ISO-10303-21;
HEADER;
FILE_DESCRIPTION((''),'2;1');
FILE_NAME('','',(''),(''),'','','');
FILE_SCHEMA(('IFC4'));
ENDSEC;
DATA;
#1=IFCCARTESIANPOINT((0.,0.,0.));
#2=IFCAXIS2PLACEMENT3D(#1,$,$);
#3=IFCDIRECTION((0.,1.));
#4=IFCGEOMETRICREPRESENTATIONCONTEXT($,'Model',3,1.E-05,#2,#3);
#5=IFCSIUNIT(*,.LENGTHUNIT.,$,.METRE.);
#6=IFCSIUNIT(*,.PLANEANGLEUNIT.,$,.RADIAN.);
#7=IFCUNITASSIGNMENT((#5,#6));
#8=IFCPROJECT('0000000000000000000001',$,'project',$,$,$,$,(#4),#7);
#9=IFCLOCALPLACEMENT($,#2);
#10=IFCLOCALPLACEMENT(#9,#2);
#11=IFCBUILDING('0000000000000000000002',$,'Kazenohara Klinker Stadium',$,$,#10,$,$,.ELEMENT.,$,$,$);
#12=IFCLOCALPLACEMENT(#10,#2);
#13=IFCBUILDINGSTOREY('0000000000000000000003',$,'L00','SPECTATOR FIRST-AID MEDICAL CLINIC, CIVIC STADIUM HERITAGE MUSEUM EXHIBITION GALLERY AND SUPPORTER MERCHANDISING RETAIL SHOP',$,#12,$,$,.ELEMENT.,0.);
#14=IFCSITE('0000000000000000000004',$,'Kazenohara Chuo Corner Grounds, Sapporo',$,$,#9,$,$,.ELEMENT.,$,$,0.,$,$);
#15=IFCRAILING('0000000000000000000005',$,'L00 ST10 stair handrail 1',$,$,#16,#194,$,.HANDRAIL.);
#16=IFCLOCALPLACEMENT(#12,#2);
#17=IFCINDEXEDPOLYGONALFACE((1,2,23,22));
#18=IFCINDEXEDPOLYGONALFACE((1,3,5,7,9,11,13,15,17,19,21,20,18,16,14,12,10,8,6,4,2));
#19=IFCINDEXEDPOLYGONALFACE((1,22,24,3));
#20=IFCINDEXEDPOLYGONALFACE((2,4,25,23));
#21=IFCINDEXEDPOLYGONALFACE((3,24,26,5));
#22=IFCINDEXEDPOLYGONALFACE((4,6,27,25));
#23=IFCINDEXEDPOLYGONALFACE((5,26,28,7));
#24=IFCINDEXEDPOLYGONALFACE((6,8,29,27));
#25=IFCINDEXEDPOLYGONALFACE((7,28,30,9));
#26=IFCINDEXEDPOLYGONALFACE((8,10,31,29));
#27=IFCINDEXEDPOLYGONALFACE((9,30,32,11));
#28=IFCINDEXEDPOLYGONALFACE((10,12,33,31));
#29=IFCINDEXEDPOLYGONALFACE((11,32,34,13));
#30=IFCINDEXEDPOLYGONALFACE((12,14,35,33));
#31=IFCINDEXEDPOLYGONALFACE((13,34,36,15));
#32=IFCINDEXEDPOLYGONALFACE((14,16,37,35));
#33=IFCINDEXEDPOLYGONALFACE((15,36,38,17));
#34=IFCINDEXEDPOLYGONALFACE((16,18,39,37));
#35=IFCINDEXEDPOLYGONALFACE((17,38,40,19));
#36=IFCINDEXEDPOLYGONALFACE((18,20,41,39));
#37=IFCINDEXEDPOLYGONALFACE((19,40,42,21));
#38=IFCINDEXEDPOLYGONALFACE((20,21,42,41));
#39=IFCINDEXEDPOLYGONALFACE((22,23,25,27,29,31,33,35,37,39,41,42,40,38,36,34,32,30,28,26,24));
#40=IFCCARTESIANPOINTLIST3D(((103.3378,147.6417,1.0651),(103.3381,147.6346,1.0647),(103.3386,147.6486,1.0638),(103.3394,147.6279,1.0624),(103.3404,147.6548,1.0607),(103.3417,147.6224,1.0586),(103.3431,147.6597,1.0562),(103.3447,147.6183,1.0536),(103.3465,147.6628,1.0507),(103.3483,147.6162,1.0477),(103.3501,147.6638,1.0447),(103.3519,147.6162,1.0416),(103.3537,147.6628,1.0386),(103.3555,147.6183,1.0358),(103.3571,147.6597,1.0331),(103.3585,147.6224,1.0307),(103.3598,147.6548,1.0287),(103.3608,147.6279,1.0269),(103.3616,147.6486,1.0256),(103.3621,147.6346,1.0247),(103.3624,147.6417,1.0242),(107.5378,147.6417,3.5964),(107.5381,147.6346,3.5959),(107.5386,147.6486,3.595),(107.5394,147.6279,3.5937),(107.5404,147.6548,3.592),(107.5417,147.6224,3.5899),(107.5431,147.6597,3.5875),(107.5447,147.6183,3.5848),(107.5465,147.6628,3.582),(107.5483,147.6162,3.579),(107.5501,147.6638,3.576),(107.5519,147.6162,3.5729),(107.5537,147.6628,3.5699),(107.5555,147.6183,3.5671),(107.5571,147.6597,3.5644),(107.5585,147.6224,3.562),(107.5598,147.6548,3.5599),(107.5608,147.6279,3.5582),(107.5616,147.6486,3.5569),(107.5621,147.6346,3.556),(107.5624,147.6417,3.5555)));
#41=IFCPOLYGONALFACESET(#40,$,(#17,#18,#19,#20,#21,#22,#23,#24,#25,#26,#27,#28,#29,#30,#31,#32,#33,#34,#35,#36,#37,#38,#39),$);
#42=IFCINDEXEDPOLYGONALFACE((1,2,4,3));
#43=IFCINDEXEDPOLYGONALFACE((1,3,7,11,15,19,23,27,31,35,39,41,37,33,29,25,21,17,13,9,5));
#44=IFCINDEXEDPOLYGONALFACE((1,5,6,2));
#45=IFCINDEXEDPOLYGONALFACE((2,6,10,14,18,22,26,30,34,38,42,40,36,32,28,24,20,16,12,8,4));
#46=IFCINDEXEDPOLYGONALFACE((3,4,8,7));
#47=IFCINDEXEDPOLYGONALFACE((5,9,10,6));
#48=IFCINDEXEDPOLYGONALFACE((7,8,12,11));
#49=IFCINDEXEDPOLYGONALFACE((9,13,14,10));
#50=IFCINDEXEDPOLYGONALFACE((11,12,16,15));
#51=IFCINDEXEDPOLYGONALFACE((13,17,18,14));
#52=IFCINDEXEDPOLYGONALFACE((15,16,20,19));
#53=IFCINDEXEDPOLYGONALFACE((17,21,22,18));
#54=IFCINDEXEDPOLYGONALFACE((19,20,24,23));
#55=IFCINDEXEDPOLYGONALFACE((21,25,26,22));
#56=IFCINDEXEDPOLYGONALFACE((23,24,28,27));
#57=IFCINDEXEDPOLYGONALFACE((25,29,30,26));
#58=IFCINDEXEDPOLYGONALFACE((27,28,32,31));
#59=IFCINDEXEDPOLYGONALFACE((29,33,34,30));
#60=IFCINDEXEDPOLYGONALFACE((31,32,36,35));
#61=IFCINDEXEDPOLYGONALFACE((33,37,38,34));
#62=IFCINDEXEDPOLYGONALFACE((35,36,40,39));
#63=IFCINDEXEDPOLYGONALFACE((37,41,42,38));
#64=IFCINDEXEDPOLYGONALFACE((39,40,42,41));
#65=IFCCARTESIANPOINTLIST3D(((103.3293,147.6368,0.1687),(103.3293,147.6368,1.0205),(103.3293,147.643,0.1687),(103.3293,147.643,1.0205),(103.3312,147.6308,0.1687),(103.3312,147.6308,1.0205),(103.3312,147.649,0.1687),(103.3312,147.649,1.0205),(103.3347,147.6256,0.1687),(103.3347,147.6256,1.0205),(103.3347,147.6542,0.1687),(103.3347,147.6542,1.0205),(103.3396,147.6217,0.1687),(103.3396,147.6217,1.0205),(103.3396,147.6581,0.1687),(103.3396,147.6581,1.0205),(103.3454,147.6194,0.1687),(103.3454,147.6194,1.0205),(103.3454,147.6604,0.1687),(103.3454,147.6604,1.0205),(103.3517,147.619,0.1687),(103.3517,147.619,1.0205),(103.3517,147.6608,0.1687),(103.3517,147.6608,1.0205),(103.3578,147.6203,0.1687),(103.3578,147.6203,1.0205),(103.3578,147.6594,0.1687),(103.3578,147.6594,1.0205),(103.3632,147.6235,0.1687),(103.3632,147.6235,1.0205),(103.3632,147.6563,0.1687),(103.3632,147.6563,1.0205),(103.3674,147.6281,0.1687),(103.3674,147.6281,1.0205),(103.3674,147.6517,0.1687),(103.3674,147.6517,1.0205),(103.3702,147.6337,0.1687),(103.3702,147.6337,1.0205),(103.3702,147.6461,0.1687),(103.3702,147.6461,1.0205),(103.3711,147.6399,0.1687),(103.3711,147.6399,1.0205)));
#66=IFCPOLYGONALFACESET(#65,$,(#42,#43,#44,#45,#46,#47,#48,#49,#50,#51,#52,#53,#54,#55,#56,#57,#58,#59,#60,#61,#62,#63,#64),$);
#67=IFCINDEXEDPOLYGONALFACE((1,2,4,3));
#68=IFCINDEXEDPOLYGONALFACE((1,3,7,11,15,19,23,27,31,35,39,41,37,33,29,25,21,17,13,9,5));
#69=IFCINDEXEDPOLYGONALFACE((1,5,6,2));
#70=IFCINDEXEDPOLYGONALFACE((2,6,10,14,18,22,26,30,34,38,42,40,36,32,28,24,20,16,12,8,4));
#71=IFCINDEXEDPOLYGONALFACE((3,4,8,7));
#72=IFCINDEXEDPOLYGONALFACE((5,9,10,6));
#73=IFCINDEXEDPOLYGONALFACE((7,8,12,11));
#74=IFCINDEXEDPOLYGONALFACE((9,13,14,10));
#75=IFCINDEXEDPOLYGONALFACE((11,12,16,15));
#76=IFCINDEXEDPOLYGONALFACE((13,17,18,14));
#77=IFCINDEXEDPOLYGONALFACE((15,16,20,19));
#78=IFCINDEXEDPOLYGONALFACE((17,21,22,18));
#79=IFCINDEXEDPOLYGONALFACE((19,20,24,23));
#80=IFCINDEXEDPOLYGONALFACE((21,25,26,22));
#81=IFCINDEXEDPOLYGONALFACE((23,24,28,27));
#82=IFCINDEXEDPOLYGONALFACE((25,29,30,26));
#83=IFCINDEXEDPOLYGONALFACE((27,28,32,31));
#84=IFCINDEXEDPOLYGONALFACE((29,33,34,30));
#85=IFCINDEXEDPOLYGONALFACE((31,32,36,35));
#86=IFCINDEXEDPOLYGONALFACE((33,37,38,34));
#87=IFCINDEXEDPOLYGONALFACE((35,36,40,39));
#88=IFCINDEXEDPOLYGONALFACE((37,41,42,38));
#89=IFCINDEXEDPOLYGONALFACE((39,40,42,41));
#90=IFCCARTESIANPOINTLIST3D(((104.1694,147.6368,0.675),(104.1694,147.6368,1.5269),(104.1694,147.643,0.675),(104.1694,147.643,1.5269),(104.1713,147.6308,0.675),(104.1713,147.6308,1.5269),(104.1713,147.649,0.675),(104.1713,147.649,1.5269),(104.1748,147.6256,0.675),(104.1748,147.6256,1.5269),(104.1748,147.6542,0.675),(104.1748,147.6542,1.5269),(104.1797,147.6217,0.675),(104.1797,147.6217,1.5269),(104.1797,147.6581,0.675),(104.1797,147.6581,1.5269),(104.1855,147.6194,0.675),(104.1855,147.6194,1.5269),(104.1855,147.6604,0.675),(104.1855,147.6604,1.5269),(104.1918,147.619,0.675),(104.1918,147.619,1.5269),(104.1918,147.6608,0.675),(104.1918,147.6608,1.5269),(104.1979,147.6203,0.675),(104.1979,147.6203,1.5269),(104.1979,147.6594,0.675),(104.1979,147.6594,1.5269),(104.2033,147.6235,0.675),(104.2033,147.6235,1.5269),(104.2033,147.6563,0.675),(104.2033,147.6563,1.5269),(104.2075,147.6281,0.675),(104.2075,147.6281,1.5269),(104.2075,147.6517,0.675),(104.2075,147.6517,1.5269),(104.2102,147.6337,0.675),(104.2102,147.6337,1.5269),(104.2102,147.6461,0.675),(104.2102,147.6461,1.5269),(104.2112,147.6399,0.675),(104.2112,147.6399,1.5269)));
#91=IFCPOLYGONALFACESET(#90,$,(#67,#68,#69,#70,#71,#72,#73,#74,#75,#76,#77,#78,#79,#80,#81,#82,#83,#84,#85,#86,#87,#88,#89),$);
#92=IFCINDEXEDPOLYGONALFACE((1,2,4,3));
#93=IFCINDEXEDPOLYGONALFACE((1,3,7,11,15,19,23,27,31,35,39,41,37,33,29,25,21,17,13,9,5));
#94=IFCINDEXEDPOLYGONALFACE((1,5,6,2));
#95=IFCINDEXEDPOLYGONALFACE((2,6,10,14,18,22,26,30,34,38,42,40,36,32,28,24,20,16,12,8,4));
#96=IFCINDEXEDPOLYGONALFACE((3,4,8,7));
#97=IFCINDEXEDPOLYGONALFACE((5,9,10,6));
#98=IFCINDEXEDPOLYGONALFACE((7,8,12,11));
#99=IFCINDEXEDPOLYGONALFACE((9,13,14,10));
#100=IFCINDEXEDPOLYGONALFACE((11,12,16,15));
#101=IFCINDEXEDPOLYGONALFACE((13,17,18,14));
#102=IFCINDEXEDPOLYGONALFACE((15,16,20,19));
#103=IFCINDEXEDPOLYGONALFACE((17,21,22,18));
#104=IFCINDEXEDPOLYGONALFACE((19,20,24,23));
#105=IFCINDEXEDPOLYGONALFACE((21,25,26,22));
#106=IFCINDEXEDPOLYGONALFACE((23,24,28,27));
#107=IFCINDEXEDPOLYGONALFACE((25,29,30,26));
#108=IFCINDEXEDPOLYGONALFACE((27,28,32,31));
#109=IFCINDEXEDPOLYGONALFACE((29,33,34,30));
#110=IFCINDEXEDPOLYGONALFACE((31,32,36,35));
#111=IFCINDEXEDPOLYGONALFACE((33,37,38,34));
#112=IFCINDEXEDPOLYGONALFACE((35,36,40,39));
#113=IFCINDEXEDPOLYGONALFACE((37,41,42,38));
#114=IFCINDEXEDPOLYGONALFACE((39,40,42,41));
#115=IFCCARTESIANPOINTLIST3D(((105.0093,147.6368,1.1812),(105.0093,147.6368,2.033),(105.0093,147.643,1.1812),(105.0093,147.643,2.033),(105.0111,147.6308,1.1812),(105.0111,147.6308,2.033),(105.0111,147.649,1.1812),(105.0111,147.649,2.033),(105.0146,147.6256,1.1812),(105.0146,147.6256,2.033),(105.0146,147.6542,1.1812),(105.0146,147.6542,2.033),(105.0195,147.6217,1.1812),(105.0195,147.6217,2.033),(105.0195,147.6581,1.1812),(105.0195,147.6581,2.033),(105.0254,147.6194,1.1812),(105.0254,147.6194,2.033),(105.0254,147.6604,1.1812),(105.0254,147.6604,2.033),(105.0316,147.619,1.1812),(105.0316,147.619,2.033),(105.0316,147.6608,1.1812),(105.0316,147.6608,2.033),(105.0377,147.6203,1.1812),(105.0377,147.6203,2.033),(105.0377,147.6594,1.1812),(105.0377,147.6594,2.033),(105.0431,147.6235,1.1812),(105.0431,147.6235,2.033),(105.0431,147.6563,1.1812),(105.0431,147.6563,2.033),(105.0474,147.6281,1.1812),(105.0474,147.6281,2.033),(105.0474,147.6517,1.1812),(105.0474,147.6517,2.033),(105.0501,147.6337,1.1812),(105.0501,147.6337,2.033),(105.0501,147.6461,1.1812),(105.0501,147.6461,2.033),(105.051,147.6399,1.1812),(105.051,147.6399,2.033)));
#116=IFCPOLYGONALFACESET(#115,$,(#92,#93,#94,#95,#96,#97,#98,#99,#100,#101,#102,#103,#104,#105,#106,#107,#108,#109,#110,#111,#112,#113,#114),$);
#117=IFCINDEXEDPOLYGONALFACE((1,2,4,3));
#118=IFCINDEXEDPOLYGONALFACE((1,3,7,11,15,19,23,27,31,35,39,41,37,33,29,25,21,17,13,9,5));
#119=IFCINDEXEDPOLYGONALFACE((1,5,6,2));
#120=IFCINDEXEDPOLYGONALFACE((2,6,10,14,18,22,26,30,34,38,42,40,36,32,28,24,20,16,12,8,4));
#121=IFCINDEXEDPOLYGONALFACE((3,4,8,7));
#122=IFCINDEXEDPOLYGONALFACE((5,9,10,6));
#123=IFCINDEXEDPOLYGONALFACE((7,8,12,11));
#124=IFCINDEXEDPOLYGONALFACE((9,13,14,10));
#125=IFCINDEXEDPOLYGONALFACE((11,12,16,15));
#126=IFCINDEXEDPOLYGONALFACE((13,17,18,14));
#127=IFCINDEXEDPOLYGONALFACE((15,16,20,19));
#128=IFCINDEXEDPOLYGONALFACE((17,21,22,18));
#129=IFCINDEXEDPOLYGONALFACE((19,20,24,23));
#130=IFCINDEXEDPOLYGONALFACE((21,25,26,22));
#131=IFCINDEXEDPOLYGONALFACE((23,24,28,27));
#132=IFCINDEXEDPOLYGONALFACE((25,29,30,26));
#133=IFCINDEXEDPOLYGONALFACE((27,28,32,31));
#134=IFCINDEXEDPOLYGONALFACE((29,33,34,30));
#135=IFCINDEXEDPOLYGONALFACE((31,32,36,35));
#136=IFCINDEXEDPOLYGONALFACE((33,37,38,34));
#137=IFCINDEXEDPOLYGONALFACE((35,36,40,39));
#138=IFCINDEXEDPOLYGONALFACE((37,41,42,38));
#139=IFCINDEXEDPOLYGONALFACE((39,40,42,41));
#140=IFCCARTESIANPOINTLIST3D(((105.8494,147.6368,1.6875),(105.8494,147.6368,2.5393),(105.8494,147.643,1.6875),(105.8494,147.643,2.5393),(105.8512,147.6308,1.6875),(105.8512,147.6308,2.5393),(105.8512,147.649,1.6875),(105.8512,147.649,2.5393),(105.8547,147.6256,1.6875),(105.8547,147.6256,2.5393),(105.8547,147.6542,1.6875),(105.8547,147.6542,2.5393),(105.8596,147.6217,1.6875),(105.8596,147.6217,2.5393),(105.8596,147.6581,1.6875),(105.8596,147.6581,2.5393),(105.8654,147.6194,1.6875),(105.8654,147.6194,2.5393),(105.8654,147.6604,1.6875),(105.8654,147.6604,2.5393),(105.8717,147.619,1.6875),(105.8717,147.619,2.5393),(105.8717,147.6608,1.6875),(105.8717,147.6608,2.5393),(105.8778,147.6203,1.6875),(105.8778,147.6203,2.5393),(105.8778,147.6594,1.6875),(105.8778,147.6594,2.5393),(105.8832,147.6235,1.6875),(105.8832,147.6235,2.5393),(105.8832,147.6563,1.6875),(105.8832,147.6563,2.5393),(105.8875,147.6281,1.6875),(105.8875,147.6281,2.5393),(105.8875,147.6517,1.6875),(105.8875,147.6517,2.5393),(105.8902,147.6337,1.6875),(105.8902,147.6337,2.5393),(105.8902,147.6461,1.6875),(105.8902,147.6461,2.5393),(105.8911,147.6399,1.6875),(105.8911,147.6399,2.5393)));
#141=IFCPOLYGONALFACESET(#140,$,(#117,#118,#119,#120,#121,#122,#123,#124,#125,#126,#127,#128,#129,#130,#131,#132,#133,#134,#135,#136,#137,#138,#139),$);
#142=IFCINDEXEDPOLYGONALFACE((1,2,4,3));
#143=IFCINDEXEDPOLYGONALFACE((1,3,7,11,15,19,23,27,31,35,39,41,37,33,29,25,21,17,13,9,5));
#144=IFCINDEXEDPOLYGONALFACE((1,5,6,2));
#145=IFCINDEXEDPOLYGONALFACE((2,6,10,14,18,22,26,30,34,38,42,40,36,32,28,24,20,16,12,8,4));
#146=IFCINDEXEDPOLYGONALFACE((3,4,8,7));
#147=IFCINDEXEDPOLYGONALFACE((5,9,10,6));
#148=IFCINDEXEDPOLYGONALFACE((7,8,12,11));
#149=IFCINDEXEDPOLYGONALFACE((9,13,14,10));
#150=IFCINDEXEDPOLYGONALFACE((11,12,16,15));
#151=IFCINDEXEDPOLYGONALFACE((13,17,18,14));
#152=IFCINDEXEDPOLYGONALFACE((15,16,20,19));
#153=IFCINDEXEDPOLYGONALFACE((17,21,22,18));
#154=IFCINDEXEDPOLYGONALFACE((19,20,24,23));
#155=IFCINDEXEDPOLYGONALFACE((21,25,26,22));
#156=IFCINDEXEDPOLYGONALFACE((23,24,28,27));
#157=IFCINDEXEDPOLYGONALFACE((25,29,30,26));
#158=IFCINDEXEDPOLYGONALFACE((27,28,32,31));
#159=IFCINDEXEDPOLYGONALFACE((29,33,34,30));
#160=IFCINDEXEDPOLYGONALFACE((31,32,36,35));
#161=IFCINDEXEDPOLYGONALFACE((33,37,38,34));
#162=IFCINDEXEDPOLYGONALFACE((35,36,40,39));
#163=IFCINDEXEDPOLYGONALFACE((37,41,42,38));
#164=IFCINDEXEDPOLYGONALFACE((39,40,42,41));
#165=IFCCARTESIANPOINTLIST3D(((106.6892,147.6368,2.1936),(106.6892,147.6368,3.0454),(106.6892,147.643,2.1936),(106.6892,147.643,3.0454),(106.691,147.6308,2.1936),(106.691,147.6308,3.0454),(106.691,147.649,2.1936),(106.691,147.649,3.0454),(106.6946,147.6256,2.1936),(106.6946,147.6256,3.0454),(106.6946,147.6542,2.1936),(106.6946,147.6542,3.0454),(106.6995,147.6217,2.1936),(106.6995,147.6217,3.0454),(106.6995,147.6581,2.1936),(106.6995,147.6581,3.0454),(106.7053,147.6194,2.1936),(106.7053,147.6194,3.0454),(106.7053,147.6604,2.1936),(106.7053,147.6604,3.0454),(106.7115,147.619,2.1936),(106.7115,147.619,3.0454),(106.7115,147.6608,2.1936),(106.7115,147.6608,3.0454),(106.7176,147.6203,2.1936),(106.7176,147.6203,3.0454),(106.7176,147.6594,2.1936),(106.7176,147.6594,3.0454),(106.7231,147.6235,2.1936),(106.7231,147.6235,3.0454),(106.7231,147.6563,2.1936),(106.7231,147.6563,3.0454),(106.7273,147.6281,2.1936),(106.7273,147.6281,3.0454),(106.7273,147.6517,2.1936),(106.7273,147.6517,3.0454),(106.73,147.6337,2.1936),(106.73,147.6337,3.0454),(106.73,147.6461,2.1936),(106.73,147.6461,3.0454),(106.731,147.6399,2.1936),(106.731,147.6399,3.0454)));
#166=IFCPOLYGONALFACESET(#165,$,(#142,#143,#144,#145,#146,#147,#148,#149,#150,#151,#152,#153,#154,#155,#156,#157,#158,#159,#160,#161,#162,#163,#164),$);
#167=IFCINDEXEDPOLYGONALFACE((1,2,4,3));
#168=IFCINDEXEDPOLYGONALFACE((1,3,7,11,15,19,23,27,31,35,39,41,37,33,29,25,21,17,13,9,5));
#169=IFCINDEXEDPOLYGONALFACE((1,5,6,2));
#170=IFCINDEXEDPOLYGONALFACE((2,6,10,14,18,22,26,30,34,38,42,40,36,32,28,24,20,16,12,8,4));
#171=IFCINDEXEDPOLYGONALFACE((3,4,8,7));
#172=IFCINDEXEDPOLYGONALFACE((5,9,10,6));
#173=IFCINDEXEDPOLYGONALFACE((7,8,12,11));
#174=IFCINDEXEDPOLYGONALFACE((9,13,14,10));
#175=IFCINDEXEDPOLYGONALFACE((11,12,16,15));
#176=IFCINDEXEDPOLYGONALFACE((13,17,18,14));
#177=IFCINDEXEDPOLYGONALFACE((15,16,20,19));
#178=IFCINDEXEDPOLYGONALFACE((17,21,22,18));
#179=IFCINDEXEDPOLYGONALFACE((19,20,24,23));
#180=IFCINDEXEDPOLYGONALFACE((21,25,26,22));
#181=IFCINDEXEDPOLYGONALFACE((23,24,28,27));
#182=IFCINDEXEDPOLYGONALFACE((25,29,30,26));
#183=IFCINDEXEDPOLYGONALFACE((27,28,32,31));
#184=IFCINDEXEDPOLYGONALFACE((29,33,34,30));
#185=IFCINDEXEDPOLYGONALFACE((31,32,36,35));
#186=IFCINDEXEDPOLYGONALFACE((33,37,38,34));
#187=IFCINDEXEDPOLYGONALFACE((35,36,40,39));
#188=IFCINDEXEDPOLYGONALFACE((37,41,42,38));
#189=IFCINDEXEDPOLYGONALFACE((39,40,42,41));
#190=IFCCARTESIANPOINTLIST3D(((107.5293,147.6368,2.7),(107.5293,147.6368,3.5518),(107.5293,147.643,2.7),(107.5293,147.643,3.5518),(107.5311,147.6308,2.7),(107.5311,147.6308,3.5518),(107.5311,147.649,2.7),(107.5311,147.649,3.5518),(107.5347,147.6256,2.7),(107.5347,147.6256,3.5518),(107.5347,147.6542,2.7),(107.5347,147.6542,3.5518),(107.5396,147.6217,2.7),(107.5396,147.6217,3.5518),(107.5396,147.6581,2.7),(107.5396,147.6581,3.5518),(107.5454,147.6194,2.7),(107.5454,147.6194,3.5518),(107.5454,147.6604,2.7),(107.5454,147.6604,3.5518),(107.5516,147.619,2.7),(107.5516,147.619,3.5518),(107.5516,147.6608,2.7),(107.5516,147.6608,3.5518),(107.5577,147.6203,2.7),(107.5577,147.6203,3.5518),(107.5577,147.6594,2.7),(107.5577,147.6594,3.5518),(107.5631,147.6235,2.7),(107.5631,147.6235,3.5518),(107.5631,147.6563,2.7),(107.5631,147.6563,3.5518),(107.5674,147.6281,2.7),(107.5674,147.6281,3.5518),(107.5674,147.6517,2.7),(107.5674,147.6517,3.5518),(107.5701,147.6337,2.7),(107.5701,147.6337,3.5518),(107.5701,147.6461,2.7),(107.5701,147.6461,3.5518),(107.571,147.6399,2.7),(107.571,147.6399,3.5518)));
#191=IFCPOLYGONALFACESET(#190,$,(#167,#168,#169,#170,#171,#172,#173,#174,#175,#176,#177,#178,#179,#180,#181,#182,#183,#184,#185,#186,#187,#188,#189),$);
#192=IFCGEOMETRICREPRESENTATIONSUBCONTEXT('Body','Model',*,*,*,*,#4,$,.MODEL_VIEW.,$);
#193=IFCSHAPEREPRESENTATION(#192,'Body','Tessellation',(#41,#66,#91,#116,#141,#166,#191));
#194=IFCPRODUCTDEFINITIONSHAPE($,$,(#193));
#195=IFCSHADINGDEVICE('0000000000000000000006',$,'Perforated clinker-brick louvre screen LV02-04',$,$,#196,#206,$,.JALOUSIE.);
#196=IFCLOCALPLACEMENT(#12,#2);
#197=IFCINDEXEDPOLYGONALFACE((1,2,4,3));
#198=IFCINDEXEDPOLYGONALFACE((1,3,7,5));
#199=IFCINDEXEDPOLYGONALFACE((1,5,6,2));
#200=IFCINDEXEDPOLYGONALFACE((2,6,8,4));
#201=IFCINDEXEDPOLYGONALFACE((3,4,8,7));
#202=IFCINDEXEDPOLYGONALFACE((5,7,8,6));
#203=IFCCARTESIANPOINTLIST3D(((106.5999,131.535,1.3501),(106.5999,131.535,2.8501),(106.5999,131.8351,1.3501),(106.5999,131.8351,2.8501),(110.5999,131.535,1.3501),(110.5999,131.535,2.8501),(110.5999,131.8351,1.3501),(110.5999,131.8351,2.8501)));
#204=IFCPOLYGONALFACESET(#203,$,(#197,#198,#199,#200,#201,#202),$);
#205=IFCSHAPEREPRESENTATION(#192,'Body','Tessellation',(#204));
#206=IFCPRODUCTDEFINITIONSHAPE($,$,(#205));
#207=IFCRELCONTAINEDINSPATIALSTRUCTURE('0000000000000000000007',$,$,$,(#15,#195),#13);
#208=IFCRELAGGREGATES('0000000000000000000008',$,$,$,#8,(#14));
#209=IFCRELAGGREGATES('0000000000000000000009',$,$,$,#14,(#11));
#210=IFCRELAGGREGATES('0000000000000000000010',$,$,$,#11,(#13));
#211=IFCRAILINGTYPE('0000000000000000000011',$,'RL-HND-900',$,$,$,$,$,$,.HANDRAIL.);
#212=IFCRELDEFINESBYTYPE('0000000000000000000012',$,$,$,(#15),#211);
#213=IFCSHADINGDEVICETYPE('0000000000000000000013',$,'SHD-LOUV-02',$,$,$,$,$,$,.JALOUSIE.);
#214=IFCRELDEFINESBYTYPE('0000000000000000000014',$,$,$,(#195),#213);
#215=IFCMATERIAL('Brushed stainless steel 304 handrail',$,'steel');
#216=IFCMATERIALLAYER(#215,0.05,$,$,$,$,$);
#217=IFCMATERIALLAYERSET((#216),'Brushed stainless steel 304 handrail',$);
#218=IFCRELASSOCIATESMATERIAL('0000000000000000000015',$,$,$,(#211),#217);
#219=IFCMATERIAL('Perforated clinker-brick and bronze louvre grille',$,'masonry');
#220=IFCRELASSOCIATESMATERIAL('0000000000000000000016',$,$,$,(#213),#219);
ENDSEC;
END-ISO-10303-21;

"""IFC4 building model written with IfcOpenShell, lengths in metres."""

from ifc_helpers import new_model, si_unit, direction, frame, origin, origin_2d, place, context, subcontext, project, spatial, rectangle, circle, extrude, material, layer, layer_set, type_object, element, save


model = new_model("IFC4")

# Units and contexts
model_context = context("Model", 3, precision=1e-05, world=origin(), true_north=direction((0.0, 1.0)))
body_context = subcontext(model_context, "Body", "Model", "MODEL_VIEW")
ifc_project = project(units=[si_unit("LENGTHUNIT", "METRE"), si_unit("PLANEANGLEUNIT", "RADIAN")], contexts=[model_context])

# Site, building, storey
site_placement = place(None, origin())
site = spatial("IfcSite", under=ifc_project, at=site_placement, Name="Kazenohara Chuo Corner Grounds, Sapporo", CompositionType="ELEMENT", RefElevation=0.0)
building_placement = place(site_placement, origin())
building = spatial("IfcBuilding", under=site, at=building_placement, Name="Kazenohara Klinker Stadium", CompositionType="ELEMENT")
storey_placement = place(building_placement, origin())
storey = spatial("IfcBuildingStorey", under=building, at=storey_placement, Name="L00", Description="SPECTATOR FIRST-AID MEDICAL CLINIC, CIVIC STADIUM HERITAGE MUSEUM EXHIBITION GALLERY AND SUPPORTER MERCHANDISING RETAIL SHOP", CompositionType="ELEMENT", Elevation=0.0)

# Railing
ifc_material_1 = material(Name="Brushed stainless steel 304 handrail", Category="steel")
ifc_layer_1 = layer(ifc_material_1, 0.05)
ifc_layer_set_1 = layer_set([ifc_layer_1], Name="Brushed stainless steel 304 handrail")
railing_type = type_object("IfcRailingType", Name="RL-HND-900", PredefinedType="HANDRAIL", material=ifc_layer_set_1)
railing_placement = place(storey_placement, frame((103.3501, 147.6399, 0.1687)))
element("IfcRailing", 1, at=railing_placement, inside=storey, type_object=railing_type, Name="L00 ST10 stair handrail 1", PredefinedType="HANDRAIL", context=body_context, shape_type="SweptSolid", body=[
    extrude(circle(Radius=0.0239, at=origin_2d()), frame((0.0, 0.0, 0.876), z_axis=(0.856476, 0.0, 0.516186), x_axis=(0.0, 1.0, 0.0)), (0.0, 0.0, 1.0), 4.9038),
    extrude(circle(Radius=0.021, at=origin_2d()), origin(), (0.0, 0.0, 1.0), 0.8518),
    extrude(circle(Radius=0.021, at=origin_2d()), frame((0.8401, 0.0, 0.5063)), (0.0, 0.0, 1.0), 0.8518),
    extrude(circle(Radius=0.021, at=origin_2d()), frame((1.6799, 0.0, 1.0125)), (0.0, 0.0, 1.0), 0.8518),
    extrude(circle(Radius=0.021, at=origin_2d()), frame((2.52, 0.0, 1.5188)), (0.0, 0.0, 1.0), 0.8518),
    extrude(circle(Radius=0.021, at=origin_2d()), frame((3.3599, 0.0, 2.0249)), (0.0, 0.0, 1.0), 0.8518),
    extrude(circle(Radius=0.021, at=origin_2d()), frame((4.2, 0.0, 2.5312)), (0.0, 0.0, 1.0), 0.8518),
])

# Shading device
ifc_material_2 = material(Name="Perforated clinker-brick and bronze louvre grille", Category="masonry")
shading_device_type = type_object("IfcShadingDeviceType", Name="SHD-LOUV-02", PredefinedType="JALOUSIE", material=ifc_material_2)
shading_device_placement = place(storey_placement, frame((108.5999, 131.6851, 1.3501), z_axis=(0.0, 0.0, 1.0), x_axis=(1.0, 0.0, 0.0)))
element("IfcShadingDevice", 2, at=shading_device_placement, inside=storey, type_object=shading_device_type, Name="Perforated clinker-brick louvre screen LV02-04", PredefinedType="JALOUSIE", context=body_context, shape_type="SweptSolid", body=[
    extrude(rectangle(XDim=4.0, YDim=0.3, at=origin_2d()), origin(), (0.0, 0.0, 1.0), 1.5),
])

save(model, "model.ifc")
